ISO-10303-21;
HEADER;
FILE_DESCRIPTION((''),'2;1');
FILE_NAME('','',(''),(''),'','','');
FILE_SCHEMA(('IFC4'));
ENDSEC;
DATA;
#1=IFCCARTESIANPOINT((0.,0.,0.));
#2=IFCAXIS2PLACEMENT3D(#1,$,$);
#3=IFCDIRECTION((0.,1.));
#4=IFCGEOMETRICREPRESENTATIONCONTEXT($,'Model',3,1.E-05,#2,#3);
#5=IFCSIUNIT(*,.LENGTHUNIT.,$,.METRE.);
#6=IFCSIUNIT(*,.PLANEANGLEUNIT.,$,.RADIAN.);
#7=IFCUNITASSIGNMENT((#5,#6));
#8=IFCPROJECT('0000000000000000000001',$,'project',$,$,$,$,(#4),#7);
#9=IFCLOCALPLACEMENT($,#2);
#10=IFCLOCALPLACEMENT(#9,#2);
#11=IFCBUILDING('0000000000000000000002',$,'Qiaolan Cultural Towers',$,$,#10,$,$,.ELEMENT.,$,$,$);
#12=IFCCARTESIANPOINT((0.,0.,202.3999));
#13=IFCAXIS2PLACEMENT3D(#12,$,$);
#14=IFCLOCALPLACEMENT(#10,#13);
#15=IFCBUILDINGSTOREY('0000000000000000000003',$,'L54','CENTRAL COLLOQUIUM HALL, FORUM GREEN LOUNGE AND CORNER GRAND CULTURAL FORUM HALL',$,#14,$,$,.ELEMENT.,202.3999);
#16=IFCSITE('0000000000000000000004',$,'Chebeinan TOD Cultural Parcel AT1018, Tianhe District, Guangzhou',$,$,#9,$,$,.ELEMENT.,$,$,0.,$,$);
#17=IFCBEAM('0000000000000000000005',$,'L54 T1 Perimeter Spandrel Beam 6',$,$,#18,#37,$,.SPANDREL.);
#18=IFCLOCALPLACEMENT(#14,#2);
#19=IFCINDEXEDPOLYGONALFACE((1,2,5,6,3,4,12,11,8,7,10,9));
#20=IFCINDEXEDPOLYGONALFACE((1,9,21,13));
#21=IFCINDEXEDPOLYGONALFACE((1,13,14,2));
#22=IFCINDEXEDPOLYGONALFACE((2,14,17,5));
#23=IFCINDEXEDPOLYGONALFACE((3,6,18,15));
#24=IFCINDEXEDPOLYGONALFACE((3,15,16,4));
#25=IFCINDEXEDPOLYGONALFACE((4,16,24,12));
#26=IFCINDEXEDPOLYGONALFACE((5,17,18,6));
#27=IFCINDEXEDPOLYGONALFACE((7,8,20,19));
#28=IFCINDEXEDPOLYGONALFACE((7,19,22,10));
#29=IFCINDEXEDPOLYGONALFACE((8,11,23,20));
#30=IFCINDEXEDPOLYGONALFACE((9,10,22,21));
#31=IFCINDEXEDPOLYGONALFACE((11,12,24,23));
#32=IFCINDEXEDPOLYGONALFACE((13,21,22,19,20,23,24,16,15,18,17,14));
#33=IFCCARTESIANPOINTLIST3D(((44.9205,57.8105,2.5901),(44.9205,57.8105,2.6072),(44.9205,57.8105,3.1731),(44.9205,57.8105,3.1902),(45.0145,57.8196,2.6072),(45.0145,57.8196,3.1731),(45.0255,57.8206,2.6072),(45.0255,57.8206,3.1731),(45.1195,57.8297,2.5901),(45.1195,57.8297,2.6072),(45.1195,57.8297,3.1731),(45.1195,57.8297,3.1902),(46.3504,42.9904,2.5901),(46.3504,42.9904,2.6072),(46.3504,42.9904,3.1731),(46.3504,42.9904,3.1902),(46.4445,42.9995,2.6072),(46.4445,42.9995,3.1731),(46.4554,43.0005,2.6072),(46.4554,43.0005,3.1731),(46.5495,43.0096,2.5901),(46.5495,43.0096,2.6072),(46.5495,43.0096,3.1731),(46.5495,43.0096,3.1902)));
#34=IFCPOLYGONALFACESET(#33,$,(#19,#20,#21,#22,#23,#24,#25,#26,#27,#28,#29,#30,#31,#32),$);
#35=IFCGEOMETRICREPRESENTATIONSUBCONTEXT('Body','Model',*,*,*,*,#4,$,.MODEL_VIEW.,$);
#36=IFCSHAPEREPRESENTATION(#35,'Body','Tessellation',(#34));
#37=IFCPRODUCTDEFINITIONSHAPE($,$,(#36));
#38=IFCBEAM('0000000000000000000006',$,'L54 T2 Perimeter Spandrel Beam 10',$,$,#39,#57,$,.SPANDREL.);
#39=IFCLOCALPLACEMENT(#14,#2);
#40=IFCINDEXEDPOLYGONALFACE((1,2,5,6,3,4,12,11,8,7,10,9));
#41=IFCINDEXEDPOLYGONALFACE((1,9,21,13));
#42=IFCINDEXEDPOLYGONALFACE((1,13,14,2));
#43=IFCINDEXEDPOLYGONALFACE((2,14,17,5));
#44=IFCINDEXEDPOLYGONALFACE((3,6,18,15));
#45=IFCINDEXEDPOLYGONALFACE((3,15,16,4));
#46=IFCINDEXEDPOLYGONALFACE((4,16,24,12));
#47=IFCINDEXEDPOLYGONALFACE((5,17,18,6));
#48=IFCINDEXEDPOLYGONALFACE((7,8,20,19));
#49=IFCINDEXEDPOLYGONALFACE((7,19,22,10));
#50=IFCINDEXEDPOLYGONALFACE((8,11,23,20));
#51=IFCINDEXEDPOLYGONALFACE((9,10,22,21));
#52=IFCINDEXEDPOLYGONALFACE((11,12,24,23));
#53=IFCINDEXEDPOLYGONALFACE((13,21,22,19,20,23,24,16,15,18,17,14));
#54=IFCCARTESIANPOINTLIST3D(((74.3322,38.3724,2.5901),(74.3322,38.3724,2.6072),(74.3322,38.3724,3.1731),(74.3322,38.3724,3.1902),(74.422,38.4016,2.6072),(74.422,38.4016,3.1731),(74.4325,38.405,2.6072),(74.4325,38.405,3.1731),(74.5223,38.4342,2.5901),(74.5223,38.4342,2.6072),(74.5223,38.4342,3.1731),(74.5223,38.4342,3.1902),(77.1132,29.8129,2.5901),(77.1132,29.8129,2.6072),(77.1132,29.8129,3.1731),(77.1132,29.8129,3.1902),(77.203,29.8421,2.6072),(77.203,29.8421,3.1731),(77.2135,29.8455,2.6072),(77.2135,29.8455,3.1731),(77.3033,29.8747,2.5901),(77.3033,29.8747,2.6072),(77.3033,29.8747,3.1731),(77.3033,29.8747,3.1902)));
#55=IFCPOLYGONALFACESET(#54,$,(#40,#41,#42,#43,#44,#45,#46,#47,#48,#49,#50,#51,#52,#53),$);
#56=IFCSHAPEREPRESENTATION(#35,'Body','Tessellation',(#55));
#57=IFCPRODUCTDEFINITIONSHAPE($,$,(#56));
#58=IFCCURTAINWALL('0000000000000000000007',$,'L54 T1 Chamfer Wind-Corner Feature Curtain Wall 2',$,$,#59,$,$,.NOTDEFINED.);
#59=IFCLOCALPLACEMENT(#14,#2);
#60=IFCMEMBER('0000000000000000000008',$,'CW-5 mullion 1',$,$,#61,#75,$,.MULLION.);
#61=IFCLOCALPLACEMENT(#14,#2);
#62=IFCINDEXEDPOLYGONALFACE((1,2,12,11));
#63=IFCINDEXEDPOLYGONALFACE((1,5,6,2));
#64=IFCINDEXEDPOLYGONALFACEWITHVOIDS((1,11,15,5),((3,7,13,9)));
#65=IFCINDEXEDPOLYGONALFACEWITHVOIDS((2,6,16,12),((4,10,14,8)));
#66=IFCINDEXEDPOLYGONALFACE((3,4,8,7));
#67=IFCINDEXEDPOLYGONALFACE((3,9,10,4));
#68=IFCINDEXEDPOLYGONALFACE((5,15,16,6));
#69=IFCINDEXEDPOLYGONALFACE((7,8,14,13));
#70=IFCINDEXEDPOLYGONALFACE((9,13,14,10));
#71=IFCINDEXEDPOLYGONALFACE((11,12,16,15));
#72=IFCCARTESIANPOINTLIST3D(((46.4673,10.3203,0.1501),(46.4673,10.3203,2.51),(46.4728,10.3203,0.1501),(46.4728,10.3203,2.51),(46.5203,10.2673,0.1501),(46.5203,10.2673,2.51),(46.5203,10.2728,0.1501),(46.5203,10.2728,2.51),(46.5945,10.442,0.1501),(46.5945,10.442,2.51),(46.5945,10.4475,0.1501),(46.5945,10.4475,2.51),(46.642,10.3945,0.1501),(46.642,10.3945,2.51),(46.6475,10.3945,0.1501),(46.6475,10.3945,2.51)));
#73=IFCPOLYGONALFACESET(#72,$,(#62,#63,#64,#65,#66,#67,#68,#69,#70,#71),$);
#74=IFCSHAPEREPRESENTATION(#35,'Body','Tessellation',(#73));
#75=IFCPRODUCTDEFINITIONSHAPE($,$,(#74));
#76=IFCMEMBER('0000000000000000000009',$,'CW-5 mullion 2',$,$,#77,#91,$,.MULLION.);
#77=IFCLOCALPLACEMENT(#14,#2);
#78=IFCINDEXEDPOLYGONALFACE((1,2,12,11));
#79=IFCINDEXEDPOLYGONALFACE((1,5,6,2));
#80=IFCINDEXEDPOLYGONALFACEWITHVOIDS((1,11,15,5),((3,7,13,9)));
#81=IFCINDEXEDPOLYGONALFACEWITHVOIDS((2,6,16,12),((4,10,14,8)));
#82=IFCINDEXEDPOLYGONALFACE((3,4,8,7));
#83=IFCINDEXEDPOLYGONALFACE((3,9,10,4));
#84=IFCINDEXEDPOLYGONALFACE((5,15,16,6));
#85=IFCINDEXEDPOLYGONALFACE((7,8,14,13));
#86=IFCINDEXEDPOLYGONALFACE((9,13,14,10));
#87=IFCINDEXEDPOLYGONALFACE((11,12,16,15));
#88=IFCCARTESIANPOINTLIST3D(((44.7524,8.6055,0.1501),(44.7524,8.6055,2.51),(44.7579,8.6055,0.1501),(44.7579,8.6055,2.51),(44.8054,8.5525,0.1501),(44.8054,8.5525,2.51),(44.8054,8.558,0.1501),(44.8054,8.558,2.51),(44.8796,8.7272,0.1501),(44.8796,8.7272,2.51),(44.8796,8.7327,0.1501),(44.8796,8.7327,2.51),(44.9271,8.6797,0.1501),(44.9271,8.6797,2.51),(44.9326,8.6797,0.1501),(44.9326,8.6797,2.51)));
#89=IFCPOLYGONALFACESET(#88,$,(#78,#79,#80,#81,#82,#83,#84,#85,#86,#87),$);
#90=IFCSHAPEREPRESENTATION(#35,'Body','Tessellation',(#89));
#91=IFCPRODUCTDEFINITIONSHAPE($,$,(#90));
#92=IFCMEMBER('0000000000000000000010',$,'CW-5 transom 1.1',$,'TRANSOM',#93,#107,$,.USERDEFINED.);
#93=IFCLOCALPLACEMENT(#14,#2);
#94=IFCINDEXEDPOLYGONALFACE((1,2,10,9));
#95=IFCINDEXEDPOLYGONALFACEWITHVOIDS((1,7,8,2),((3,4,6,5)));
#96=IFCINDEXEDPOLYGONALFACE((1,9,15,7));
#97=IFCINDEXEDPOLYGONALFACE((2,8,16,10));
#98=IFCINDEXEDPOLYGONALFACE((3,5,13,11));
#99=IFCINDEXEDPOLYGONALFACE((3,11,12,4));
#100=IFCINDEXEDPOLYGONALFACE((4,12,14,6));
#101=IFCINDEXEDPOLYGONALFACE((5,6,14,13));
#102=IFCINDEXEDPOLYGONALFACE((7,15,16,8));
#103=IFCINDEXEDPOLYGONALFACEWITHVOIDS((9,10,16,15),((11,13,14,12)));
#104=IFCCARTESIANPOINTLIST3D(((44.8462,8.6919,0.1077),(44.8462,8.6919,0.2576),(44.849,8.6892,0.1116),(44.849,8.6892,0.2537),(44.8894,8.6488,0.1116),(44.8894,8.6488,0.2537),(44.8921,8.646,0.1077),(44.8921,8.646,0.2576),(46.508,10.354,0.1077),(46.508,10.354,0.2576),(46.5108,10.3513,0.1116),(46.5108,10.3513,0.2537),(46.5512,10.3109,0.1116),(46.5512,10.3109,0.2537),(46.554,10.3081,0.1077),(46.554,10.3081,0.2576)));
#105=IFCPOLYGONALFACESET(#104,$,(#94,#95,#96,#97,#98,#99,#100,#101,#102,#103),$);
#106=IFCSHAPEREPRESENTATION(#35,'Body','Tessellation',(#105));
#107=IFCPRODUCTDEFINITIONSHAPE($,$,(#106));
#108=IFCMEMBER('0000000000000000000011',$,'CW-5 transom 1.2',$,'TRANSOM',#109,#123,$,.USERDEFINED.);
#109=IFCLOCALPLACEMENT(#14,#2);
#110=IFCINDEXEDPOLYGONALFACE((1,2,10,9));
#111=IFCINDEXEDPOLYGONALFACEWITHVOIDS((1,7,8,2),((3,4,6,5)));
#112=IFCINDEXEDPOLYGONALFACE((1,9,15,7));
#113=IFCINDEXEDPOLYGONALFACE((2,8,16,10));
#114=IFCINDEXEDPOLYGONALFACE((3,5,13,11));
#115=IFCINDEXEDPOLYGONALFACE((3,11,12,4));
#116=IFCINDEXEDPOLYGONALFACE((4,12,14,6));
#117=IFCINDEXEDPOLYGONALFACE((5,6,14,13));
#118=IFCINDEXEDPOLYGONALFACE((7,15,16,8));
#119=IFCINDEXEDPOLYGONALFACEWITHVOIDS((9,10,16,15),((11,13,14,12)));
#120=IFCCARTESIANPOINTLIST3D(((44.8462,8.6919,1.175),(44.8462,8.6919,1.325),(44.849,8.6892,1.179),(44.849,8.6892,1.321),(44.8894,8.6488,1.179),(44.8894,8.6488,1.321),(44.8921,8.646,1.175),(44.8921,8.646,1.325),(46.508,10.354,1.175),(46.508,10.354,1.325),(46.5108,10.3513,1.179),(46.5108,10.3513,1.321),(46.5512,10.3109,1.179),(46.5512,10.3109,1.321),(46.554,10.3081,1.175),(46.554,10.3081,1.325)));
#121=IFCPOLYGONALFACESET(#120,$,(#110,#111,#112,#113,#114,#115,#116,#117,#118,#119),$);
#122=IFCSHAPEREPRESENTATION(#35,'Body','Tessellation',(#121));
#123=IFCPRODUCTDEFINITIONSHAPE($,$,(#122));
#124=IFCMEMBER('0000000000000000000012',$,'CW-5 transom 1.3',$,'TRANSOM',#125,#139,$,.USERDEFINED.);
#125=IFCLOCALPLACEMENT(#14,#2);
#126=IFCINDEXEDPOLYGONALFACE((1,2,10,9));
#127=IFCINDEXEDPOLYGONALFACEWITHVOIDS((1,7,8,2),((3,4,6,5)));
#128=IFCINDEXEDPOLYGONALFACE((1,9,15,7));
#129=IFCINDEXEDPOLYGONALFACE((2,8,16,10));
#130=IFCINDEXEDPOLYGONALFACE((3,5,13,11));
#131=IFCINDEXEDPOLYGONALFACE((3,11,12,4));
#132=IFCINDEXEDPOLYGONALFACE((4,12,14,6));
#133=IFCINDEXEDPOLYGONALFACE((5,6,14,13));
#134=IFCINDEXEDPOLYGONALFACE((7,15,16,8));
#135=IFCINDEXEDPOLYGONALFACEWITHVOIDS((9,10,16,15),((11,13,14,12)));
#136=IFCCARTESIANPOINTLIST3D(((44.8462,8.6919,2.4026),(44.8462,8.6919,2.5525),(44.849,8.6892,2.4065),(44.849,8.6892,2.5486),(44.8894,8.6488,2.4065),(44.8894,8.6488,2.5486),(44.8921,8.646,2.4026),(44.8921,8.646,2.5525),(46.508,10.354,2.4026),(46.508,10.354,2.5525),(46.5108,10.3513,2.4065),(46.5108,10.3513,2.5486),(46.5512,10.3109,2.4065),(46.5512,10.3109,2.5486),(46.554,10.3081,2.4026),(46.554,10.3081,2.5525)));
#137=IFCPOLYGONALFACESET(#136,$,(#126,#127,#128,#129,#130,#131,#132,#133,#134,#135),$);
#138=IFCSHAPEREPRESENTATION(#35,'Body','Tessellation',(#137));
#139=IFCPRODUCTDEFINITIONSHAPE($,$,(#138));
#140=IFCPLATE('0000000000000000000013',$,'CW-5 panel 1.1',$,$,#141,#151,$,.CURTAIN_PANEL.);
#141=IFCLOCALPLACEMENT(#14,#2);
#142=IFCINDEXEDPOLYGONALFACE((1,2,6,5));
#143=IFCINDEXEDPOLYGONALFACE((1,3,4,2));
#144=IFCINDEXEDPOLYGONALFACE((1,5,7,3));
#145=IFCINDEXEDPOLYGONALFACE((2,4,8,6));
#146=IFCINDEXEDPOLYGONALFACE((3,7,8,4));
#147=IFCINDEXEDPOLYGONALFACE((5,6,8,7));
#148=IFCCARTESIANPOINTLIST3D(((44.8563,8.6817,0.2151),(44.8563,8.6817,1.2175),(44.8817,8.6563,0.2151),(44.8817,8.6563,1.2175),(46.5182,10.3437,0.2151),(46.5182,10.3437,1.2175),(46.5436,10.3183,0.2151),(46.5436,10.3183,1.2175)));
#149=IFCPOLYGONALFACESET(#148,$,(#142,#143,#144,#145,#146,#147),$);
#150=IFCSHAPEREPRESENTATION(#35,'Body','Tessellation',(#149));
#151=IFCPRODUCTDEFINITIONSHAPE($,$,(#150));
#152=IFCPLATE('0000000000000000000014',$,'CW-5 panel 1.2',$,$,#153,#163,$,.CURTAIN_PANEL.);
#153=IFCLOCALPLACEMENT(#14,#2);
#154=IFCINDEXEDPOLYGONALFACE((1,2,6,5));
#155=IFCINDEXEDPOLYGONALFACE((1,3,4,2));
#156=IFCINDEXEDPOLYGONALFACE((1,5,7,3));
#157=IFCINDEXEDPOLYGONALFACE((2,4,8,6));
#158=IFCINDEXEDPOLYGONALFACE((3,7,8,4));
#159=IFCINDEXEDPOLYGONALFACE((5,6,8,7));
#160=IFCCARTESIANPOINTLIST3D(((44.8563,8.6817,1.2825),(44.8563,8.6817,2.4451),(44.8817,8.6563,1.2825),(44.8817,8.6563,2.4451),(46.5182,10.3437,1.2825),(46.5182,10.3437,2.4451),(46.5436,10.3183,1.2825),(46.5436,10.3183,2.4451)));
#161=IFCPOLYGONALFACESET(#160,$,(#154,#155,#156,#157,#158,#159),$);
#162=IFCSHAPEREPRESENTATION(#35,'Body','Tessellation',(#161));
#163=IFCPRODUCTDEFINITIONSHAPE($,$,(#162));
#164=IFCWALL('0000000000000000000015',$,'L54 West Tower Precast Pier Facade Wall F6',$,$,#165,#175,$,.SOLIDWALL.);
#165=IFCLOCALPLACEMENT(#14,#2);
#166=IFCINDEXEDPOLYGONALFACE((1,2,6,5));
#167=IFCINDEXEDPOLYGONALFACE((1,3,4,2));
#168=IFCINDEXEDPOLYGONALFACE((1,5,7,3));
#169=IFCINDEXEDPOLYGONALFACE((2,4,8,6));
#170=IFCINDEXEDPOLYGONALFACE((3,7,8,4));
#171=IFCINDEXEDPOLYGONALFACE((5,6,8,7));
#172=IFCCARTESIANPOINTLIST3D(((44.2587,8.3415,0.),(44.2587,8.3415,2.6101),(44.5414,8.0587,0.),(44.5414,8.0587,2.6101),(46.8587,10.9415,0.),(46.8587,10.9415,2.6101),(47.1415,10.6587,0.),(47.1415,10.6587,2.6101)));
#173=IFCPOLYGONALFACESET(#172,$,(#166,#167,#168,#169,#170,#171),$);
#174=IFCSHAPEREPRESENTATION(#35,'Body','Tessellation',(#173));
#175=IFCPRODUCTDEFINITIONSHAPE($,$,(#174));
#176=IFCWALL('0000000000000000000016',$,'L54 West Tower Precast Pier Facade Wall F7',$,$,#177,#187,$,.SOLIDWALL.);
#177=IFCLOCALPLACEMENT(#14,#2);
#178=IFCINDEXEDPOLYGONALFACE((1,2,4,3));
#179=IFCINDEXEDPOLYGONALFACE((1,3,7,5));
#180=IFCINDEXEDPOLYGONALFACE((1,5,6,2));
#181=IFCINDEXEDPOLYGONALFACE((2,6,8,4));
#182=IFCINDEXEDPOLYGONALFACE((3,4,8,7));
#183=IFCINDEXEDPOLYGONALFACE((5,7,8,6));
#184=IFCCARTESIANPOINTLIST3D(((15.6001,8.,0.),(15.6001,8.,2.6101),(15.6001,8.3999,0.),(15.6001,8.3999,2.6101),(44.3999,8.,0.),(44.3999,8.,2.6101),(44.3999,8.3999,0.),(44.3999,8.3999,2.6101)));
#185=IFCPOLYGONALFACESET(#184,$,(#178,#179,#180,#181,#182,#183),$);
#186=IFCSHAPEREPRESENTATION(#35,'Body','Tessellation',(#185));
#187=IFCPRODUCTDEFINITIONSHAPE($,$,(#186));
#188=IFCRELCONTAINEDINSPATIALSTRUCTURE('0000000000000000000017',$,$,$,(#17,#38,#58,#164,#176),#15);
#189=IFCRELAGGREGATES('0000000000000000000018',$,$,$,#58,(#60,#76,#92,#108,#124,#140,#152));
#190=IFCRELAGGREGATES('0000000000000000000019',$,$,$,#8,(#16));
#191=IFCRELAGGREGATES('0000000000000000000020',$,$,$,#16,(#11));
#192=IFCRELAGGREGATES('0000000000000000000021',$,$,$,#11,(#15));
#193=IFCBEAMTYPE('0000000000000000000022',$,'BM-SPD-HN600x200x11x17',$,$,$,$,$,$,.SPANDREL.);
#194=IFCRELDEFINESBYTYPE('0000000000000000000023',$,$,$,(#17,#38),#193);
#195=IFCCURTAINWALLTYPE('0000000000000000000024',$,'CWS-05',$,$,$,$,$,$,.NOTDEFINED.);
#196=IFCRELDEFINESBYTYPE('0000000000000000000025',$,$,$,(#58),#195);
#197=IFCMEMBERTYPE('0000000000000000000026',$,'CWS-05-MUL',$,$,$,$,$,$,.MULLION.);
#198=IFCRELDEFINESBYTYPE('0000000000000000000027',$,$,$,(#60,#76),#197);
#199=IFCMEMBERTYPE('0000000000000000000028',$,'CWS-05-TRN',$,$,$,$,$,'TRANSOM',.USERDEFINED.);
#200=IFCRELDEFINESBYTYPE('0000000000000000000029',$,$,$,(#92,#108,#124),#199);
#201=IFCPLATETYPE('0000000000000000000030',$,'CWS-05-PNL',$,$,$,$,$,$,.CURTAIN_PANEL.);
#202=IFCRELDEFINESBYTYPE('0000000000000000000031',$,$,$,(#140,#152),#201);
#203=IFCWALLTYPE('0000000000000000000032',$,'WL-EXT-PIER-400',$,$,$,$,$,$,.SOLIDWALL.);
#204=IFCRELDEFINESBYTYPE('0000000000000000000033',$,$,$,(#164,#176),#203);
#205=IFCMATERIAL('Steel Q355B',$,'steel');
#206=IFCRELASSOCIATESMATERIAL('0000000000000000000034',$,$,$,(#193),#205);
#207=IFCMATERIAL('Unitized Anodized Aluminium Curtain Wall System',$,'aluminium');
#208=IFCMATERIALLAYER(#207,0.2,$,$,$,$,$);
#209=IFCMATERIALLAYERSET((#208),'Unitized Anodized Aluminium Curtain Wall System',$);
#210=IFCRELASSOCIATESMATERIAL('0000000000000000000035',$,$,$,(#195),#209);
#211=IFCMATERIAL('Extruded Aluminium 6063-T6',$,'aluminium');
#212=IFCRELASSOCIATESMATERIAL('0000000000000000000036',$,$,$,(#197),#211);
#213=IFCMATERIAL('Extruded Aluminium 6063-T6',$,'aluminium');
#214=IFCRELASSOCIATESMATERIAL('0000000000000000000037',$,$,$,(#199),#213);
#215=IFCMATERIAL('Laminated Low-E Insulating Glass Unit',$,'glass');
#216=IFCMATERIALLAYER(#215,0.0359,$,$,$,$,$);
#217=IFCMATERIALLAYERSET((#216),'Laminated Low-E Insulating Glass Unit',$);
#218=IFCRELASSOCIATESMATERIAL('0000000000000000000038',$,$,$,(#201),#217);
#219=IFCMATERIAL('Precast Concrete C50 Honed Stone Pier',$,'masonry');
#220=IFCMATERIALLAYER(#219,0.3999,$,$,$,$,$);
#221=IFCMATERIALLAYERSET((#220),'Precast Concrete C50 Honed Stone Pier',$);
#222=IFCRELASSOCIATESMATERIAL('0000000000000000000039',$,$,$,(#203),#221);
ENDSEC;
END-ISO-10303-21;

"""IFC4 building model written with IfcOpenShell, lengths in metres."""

from ifc_helpers import new_model, si_unit, direction, frame, frame_2d, origin, origin_2d, place, context, subcontext, project, spatial, rectangle, hollow_rectangle, i_section, extrude, material, layer, layer_set, material_profile, profile_set, type_object, element, aggregate, save


model = new_model("IFC4")

# Units and contexts
model_context = context("Model", 3, precision=1e-05, world=origin(), true_north=direction((0.0, 1.0)))
body_context = subcontext(model_context, "Body", "Model", "MODEL_VIEW")
ifc_project = project(units=[si_unit("LENGTHUNIT", "METRE"), si_unit("PLANEANGLEUNIT", "RADIAN")], contexts=[model_context])

# Site, building, storey
site_placement = place(None, origin())
site = spatial("IfcSite", under=ifc_project, at=site_placement, Name="Chebeinan TOD Cultural Parcel AT1018, Tianhe District, Guangzhou", CompositionType="ELEMENT", RefElevation=0.0)
building_placement = place(site_placement, origin())
building = spatial("IfcBuilding", under=site, at=building_placement, Name="Qiaolan Cultural Towers", CompositionType="ELEMENT")
storey_placement = place(building_placement, frame((0.0, 0.0, 202.3999)))
storey = spatial("IfcBuildingStorey", under=building, at=storey_placement, Name="L54", Description="CENTRAL COLLOQUIUM HALL, FORUM GREEN LOUNGE AND CORNER GRAND CULTURAL FORUM HALL", CompositionType="ELEMENT", Elevation=202.3999)

# Beams
ifc_material_1 = material(Name="Steel Q355B", Category="steel")
ifc_material_profile_1 = material_profile(ifc_material_1, i_section(OverallWidth=0.2, OverallDepth=0.6001, WebThickness=0.011, FlangeThickness=0.0171, at=origin_2d()), Name="HN600x200x11x17")
ifc_profile_set_1 = profile_set([ifc_material_profile_1], Name="Steel Q355B")
beam_type_1 = type_object("IfcBeamType", Name="BM-SPD-HN600x200x11x17", PredefinedType="SPANDREL", material=ifc_profile_set_1)
beam_1_placement = place(storey_placement, frame((46.45, 43.0, 2.8901), z_axis=(-0.09604, 0.995377, 0.0), x_axis=(-0.995377, -0.09604, 0.0)))
element("IfcBeam", 1, at=beam_1_placement, inside=storey, type_object=beam_type_1, Name="L54 T1 Perimeter Spandrel Beam 6", PredefinedType="SPANDREL", context=body_context, shape_type="SweptSolid", body=[
    extrude(i_section(OverallWidth=0.2, OverallDepth=0.6001, WebThickness=0.011, FlangeThickness=0.0171, at=origin_2d()), origin(), (0.0, 0.0, 1.0), 14.8889),
])
beam_2_placement = place(storey_placement, frame((74.4272, 38.4033, 2.8901), z_axis=(0.309, -0.951062, 0.0), x_axis=(0.951062, 0.309, 0.0)))
element("IfcBeam", 2, at=beam_2_placement, inside=storey, type_object=beam_type_1, Name="L54 T2 Perimeter Spandrel Beam 10", PredefinedType="SPANDREL", context=body_context, shape_type="SweptSolid", body=[
    extrude(i_section(OverallWidth=0.2, OverallDepth=0.6001, WebThickness=0.011, FlangeThickness=0.0171, at=origin_2d()), origin(), (0.0, 0.0, 1.0), 9.0),
])

# Curtain wall, members, plates
ifc_material_2 = material(Name="Unitized Anodized Aluminium Curtain Wall System", Category="aluminium")
ifc_layer_1 = layer(ifc_material_2, 0.2)
ifc_layer_set_1 = layer_set([ifc_layer_1], Name="Unitized Anodized Aluminium Curtain Wall System")
curtain_wall_type = type_object("IfcCurtainWallType", Name="CWS-05", PredefinedType="NOTDEFINED", material=ifc_layer_set_1)
curtain_wall_placement = place(storey_placement, origin())
curtain_wall = element("IfcCurtainWall", 3, at=curtain_wall_placement, inside=storey, type_object=curtain_wall_type, Name="L54 T1 Chamfer Wind-Corner Feature Curtain Wall 2", PredefinedType="NOTDEFINED")
ifc_material_3 = material(Name="Extruded Aluminium 6063-T6", Category="aluminium")
ifc_material_profile_2 = material_profile(ifc_material_3, hollow_rectangle(XDim=0.075, YDim=0.1799, WallThickness=0.0039, at=origin_2d()), Name="CWM-180x75x4")
ifc_profile_set_2 = profile_set([ifc_material_profile_2], Name="Extruded Aluminium 6063-T6")
member_type_1 = type_object("IfcMemberType", Name="CWS-05-MUL", PredefinedType="MULLION", material=ifc_profile_set_2)
member_1_placement = place(storey_placement, frame((46.5574, 10.3574, 0.1501), z_axis=(0.0, 0.0, 1.0), x_axis=(0.707107, -0.707107, 0.0)))
member_1 = element("IfcMember", 4, at=member_1_placement, type_object=member_type_1, Name="CW-5 mullion 1", PredefinedType="MULLION", context=body_context, shape_type="SweptSolid", body=[
    extrude(hollow_rectangle(XDim=0.075, YDim=0.1799, WallThickness=0.0039, at=origin_2d()), origin(), (0.0, 0.0, 1.0), 2.3599),
])
member_2_placement = place(storey_placement, frame((44.8425, 8.6426, 0.1501), z_axis=(0.0, 0.0, 1.0), x_axis=(0.707107, -0.707107, 0.0)))
member_2 = element("IfcMember", 5, at=member_2_placement, type_object=member_type_1, Name="CW-5 mullion 2", PredefinedType="MULLION", context=body_context, shape_type="SweptSolid", body=[
    extrude(hollow_rectangle(XDim=0.075, YDim=0.1799, WallThickness=0.0039, at=origin_2d()), origin(), (0.0, 0.0, 1.0), 2.3599),
])
ifc_material_4 = material(Name="Extruded Aluminium 6063-T6", Category="aluminium")
ifc_material_profile_3 = material_profile(ifc_material_4, hollow_rectangle(XDim=0.0649, YDim=0.1499, WallThickness=0.0039, at=origin_2d()), Name="CWT-150x65x4")
ifc_profile_set_3 = profile_set([ifc_material_profile_3], Name="Extruded Aluminium 6063-T6")
member_type_2 = type_object("IfcMemberType", Name="CWS-05-TRN", ElementType="TRANSOM", PredefinedType="USERDEFINED", material=ifc_profile_set_3)
member_3_placement = place(storey_placement, frame((46.531, 10.3311, 0.1826), z_axis=(-0.707055, -0.707159, 0.0), x_axis=(0.707159, -0.707055, 0.0)))
member_3 = element("IfcMember", 6, at=member_3_placement, type_object=member_type_2, Name="CW-5 transom 1.1", ObjectType="TRANSOM", PredefinedType="USERDEFINED", context=body_context, shape_type="SweptSolid", body=[
    extrude(hollow_rectangle(XDim=0.0649, YDim=0.1499, WallThickness=0.0039, at=origin_2d()), origin(), (0.0, 0.0, 1.0), 2.3503),
])
member_4_placement = place(storey_placement, frame((46.531, 10.3311, 1.25), z_axis=(-0.707055, -0.707159, 0.0), x_axis=(0.707159, -0.707055, 0.0)))
member_4 = element("IfcMember", 7, at=member_4_placement, type_object=member_type_2, Name="CW-5 transom 1.2", ObjectType="TRANSOM", PredefinedType="USERDEFINED", context=body_context, shape_type="SweptSolid", body=[
    extrude(hollow_rectangle(XDim=0.0649, YDim=0.1499, WallThickness=0.0039, at=origin_2d()), origin(), (0.0, 0.0, 1.0), 2.3503),
])
member_5_placement = place(storey_placement, frame((46.531, 10.3311, 2.4775), z_axis=(-0.707055, -0.707159, 0.0), x_axis=(0.707159, -0.707055, 0.0)))
member_5 = element("IfcMember", 8, at=member_5_placement, type_object=member_type_2, Name="CW-5 transom 1.3", ObjectType="TRANSOM", PredefinedType="USERDEFINED", context=body_context, shape_type="SweptSolid", body=[
    extrude(hollow_rectangle(XDim=0.0649, YDim=0.1499, WallThickness=0.0039, at=origin_2d()), origin(), (0.0, 0.0, 1.0), 2.3503),
])
ifc_material_5 = material(Name="Laminated Low-E Insulating Glass Unit", Category="glass")
ifc_layer_2 = layer(ifc_material_5, 0.0359)
ifc_layer_set_2 = layer_set([ifc_layer_2], Name="Laminated Low-E Insulating Glass Unit")
plate_type = type_object("IfcPlateType", Name="CWS-05-PNL", PredefinedType="CURTAIN_PANEL", material=ifc_layer_set_2)
plate_1_placement = place(storey_placement, frame((45.7, 9.5, 0.2151), z_axis=(0.0, 0.0, 1.0), x_axis=(-0.707107, -0.707107, 0.0)))
plate_1 = element("IfcPlate", 9, at=plate_1_placement, type_object=plate_type, Name="CW-5 panel 1.1", PredefinedType="CURTAIN_PANEL", context=body_context, shape_type="SweptSolid", body=[
    extrude(rectangle(XDim=2.3503, YDim=0.0359, at=origin_2d()), origin(), (0.0, 0.0, 1.0), 1.0024),
])
plate_2_placement = place(storey_placement, frame((45.7, 9.5, 1.2825), z_axis=(0.0, 0.0, 1.0), x_axis=(-0.707107, -0.707107, 0.0)))
plate_2 = element("IfcPlate", 10, at=plate_2_placement, type_object=plate_type, Name="CW-5 panel 1.2", PredefinedType="CURTAIN_PANEL", context=body_context, shape_type="SweptSolid", body=[
    extrude(rectangle(XDim=2.3503, YDim=0.0359, at=origin_2d()), origin(), (0.0, 0.0, 1.0), 1.1626),
])
aggregate(curtain_wall, [member_1, member_2, member_3, member_4, member_5, plate_1, plate_2])

# Walls
ifc_material_6 = material(Name="Precast Concrete C50 Honed Stone Pier", Category="masonry")
ifc_layer_3 = layer(ifc_material_6, 0.3999)
ifc_layer_set_3 = layer_set([ifc_layer_3], Name="Precast Concrete C50 Honed Stone Pier")
wall_type_1 = type_object("IfcWallType", Name="WL-EXT-PIER-400", PredefinedType="SOLIDWALL", material=ifc_layer_set_3)
wall_1_placement = place(storey_placement, frame((47.0, 10.8, 0.0), z_axis=(0.0, 0.0, 1.0), x_axis=(-0.707107, -0.707107, 0.0)))
element("IfcWall", 11, at=wall_1_placement, inside=storey, type_object=wall_type_1, Name="L54 West Tower Precast Pier Facade Wall F6", PredefinedType="SOLIDWALL", context=body_context, shape_type="SweptSolid", body=[
    extrude(rectangle(XDim=3.677, YDim=0.3999, at=frame_2d((1.8384, 0.0))), origin(), (0.0, 0.0, 1.0), 2.6101),
])
wall_2_placement = place(storey_placement, frame((44.3999, 8.2, 0.0), z_axis=(0.0, 0.0, 1.0), x_axis=(-1.0, 0.0, 0.0)))
element("IfcWall", 12, at=wall_2_placement, inside=storey, type_object=wall_type_1, Name="L54 West Tower Precast Pier Facade Wall F7", PredefinedType="SOLIDWALL", context=body_context, shape_type="SweptSolid", body=[
    extrude(rectangle(XDim=28.7998, YDim=0.3999, at=frame_2d((14.3999, 0.0))), origin(), (0.0, 0.0, 1.0), 2.6101),
])

save(model, "model.ifc")
